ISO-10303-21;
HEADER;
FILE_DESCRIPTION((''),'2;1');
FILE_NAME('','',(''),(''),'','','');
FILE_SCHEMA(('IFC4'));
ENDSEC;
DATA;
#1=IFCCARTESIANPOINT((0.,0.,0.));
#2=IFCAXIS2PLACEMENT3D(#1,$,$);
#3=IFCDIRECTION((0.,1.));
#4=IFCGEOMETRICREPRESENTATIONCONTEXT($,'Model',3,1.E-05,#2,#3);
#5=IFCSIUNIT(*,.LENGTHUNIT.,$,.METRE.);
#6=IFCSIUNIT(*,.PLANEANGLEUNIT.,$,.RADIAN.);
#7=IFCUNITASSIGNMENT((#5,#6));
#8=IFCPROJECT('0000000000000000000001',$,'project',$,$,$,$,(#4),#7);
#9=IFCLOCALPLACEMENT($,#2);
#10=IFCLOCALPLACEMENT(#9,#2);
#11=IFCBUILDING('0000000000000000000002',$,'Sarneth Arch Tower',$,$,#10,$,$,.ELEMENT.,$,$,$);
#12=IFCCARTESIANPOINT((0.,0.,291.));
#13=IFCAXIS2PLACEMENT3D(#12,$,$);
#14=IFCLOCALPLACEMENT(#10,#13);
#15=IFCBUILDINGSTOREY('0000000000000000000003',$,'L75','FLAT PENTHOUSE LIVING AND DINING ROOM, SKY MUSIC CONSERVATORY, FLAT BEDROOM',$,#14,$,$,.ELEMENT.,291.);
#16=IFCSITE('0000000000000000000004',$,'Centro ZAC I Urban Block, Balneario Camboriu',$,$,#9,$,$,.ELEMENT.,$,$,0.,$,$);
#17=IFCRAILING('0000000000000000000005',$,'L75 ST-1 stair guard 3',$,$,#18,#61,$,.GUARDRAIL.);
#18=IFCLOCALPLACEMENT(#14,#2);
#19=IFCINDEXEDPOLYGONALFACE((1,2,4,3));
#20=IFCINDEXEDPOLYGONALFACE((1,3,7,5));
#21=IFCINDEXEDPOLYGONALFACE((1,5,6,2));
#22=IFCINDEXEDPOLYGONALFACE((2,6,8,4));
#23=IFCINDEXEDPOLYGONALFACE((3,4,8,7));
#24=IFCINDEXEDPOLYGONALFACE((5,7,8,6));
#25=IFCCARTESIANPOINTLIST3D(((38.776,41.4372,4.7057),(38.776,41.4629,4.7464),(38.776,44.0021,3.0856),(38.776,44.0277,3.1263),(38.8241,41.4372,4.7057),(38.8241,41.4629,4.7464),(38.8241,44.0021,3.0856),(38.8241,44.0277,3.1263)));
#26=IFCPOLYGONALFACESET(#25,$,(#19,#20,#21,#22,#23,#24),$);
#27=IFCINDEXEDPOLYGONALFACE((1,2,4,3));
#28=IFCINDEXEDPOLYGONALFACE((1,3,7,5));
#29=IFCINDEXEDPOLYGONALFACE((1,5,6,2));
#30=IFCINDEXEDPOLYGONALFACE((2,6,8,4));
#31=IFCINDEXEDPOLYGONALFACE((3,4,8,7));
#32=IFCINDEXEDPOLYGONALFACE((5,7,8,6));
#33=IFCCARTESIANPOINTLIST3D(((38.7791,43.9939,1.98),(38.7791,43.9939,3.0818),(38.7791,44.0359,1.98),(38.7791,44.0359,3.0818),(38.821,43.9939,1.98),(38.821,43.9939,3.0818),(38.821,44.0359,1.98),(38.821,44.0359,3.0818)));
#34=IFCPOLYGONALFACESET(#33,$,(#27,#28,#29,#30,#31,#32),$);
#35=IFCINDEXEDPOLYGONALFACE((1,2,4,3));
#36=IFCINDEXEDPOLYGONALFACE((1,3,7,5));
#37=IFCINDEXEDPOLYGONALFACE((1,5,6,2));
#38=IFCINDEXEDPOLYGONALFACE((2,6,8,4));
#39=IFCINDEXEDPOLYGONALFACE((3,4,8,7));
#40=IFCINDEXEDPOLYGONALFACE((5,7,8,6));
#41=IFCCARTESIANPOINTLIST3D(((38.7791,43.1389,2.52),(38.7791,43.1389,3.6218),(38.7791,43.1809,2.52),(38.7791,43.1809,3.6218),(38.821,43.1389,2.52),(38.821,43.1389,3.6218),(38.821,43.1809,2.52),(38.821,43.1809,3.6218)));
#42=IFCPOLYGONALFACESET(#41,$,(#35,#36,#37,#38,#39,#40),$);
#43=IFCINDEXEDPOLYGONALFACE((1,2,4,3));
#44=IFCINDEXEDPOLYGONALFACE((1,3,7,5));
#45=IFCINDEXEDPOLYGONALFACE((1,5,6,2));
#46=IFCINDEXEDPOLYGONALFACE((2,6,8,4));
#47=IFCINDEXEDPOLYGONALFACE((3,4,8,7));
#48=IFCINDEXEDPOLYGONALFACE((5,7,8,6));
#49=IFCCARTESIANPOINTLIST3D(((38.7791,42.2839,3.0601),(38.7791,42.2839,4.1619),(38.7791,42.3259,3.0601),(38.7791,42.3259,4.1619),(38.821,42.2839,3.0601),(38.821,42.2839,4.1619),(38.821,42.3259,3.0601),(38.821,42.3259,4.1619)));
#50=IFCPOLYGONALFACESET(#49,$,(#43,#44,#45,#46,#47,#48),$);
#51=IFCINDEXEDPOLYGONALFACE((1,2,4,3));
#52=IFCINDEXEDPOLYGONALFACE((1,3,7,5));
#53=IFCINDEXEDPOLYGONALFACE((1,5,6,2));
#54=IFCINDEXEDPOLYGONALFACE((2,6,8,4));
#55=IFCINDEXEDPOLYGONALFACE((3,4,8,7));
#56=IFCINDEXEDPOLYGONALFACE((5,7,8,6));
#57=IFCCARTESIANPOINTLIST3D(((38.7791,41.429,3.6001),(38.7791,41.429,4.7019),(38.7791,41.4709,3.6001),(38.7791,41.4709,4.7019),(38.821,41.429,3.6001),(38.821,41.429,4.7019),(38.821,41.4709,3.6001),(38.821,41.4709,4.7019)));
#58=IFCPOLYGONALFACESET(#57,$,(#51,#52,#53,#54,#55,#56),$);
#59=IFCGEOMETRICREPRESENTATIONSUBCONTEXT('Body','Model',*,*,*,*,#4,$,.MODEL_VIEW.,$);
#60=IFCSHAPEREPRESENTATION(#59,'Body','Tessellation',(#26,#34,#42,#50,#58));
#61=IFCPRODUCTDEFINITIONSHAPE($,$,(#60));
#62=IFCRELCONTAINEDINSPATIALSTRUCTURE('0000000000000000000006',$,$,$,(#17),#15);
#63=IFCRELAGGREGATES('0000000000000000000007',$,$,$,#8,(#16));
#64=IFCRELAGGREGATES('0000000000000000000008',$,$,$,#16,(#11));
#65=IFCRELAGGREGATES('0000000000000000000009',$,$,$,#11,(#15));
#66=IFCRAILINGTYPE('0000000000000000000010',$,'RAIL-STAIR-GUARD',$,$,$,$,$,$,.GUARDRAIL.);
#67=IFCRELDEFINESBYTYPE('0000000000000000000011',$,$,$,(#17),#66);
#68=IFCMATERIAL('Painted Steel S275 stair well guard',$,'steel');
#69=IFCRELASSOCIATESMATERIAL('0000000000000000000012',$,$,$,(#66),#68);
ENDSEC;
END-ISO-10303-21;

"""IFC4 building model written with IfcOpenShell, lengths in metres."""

from ifc_helpers import new_model, si_unit, direction, frame, origin, origin_2d, place, context, subcontext, project, spatial, rectangle, extrude, material, type_object, element, save


model = new_model("IFC4")

# Units and contexts
model_context = context("Model", 3, precision=1e-05, world=origin(), true_north=direction((0.0, 1.0)))
body_context = subcontext(model_context, "Body", "Model", "MODEL_VIEW")
ifc_project = project(units=[si_unit("LENGTHUNIT", "METRE"), si_unit("PLANEANGLEUNIT", "RADIAN")], contexts=[model_context])

# Site, building, storey
site_placement = place(None, origin())
site = spatial("IfcSite", under=ifc_project, at=site_placement, Name="Centro ZAC I Urban Block, Balneario Camboriu", CompositionType="ELEMENT", RefElevation=0.0)
building_placement = place(site_placement, origin())
building = spatial("IfcBuilding", under=site, at=building_placement, Name="Sarneth Arch Tower", CompositionType="ELEMENT")
storey_placement = place(building_placement, frame((0.0, 0.0, 291.0)))
storey = spatial("IfcBuildingStorey", under=building, at=storey_placement, Name="L75", Description="FLAT PENTHOUSE LIVING AND DINING ROOM, SKY MUSIC CONSERVATORY, FLAT BEDROOM", CompositionType="ELEMENT", Elevation=291.0)

# Railing
ifc_material_1 = material(Name="Painted Steel S275 stair well guard", Category="steel")
railing_type_1 = type_object("IfcRailingType", Name="RAIL-STAIR-GUARD", PredefinedType="GUARDRAIL", material=ifc_material_1)
railing_1_placement = place(storey_placement, frame((38.8, 44.0149, 1.98)))
element("IfcRailing", 1, at=railing_1_placement, inside=storey, type_object=railing_type_1, Name="L75 ST-1 stair guard 3", PredefinedType="GUARDRAIL", context=body_context, shape_type="SweptSolid", body=[
    extrude(rectangle(XDim=0.0481, YDim=0.0481, at=origin_2d()), frame((0.0, 0.0, 1.126), z_axis=(0.0, -0.845466, 0.534029), x_axis=(1.0, 0.0, 0.0)), (0.0, 0.0, 1.0), 3.0337),
    extrude(rectangle(XDim=0.042, YDim=0.042, at=origin_2d()), origin(), (0.0, 0.0, 1.0), 1.1018),
    extrude(rectangle(XDim=0.042, YDim=0.042, at=origin_2d()), frame((0.0, -0.855, 0.54)), (0.0, 0.0, 1.0), 1.1018),
    extrude(rectangle(XDim=0.042, YDim=0.042, at=origin_2d()), frame((0.0, -1.71, 1.0801)), (0.0, 0.0, 1.0), 1.1018),
    extrude(rectangle(XDim=0.042, YDim=0.042, at=origin_2d()), frame((0.0, -2.5649, 1.6201)), (0.0, 0.0, 1.0), 1.1018),
])

save(model, "model.ifc")
